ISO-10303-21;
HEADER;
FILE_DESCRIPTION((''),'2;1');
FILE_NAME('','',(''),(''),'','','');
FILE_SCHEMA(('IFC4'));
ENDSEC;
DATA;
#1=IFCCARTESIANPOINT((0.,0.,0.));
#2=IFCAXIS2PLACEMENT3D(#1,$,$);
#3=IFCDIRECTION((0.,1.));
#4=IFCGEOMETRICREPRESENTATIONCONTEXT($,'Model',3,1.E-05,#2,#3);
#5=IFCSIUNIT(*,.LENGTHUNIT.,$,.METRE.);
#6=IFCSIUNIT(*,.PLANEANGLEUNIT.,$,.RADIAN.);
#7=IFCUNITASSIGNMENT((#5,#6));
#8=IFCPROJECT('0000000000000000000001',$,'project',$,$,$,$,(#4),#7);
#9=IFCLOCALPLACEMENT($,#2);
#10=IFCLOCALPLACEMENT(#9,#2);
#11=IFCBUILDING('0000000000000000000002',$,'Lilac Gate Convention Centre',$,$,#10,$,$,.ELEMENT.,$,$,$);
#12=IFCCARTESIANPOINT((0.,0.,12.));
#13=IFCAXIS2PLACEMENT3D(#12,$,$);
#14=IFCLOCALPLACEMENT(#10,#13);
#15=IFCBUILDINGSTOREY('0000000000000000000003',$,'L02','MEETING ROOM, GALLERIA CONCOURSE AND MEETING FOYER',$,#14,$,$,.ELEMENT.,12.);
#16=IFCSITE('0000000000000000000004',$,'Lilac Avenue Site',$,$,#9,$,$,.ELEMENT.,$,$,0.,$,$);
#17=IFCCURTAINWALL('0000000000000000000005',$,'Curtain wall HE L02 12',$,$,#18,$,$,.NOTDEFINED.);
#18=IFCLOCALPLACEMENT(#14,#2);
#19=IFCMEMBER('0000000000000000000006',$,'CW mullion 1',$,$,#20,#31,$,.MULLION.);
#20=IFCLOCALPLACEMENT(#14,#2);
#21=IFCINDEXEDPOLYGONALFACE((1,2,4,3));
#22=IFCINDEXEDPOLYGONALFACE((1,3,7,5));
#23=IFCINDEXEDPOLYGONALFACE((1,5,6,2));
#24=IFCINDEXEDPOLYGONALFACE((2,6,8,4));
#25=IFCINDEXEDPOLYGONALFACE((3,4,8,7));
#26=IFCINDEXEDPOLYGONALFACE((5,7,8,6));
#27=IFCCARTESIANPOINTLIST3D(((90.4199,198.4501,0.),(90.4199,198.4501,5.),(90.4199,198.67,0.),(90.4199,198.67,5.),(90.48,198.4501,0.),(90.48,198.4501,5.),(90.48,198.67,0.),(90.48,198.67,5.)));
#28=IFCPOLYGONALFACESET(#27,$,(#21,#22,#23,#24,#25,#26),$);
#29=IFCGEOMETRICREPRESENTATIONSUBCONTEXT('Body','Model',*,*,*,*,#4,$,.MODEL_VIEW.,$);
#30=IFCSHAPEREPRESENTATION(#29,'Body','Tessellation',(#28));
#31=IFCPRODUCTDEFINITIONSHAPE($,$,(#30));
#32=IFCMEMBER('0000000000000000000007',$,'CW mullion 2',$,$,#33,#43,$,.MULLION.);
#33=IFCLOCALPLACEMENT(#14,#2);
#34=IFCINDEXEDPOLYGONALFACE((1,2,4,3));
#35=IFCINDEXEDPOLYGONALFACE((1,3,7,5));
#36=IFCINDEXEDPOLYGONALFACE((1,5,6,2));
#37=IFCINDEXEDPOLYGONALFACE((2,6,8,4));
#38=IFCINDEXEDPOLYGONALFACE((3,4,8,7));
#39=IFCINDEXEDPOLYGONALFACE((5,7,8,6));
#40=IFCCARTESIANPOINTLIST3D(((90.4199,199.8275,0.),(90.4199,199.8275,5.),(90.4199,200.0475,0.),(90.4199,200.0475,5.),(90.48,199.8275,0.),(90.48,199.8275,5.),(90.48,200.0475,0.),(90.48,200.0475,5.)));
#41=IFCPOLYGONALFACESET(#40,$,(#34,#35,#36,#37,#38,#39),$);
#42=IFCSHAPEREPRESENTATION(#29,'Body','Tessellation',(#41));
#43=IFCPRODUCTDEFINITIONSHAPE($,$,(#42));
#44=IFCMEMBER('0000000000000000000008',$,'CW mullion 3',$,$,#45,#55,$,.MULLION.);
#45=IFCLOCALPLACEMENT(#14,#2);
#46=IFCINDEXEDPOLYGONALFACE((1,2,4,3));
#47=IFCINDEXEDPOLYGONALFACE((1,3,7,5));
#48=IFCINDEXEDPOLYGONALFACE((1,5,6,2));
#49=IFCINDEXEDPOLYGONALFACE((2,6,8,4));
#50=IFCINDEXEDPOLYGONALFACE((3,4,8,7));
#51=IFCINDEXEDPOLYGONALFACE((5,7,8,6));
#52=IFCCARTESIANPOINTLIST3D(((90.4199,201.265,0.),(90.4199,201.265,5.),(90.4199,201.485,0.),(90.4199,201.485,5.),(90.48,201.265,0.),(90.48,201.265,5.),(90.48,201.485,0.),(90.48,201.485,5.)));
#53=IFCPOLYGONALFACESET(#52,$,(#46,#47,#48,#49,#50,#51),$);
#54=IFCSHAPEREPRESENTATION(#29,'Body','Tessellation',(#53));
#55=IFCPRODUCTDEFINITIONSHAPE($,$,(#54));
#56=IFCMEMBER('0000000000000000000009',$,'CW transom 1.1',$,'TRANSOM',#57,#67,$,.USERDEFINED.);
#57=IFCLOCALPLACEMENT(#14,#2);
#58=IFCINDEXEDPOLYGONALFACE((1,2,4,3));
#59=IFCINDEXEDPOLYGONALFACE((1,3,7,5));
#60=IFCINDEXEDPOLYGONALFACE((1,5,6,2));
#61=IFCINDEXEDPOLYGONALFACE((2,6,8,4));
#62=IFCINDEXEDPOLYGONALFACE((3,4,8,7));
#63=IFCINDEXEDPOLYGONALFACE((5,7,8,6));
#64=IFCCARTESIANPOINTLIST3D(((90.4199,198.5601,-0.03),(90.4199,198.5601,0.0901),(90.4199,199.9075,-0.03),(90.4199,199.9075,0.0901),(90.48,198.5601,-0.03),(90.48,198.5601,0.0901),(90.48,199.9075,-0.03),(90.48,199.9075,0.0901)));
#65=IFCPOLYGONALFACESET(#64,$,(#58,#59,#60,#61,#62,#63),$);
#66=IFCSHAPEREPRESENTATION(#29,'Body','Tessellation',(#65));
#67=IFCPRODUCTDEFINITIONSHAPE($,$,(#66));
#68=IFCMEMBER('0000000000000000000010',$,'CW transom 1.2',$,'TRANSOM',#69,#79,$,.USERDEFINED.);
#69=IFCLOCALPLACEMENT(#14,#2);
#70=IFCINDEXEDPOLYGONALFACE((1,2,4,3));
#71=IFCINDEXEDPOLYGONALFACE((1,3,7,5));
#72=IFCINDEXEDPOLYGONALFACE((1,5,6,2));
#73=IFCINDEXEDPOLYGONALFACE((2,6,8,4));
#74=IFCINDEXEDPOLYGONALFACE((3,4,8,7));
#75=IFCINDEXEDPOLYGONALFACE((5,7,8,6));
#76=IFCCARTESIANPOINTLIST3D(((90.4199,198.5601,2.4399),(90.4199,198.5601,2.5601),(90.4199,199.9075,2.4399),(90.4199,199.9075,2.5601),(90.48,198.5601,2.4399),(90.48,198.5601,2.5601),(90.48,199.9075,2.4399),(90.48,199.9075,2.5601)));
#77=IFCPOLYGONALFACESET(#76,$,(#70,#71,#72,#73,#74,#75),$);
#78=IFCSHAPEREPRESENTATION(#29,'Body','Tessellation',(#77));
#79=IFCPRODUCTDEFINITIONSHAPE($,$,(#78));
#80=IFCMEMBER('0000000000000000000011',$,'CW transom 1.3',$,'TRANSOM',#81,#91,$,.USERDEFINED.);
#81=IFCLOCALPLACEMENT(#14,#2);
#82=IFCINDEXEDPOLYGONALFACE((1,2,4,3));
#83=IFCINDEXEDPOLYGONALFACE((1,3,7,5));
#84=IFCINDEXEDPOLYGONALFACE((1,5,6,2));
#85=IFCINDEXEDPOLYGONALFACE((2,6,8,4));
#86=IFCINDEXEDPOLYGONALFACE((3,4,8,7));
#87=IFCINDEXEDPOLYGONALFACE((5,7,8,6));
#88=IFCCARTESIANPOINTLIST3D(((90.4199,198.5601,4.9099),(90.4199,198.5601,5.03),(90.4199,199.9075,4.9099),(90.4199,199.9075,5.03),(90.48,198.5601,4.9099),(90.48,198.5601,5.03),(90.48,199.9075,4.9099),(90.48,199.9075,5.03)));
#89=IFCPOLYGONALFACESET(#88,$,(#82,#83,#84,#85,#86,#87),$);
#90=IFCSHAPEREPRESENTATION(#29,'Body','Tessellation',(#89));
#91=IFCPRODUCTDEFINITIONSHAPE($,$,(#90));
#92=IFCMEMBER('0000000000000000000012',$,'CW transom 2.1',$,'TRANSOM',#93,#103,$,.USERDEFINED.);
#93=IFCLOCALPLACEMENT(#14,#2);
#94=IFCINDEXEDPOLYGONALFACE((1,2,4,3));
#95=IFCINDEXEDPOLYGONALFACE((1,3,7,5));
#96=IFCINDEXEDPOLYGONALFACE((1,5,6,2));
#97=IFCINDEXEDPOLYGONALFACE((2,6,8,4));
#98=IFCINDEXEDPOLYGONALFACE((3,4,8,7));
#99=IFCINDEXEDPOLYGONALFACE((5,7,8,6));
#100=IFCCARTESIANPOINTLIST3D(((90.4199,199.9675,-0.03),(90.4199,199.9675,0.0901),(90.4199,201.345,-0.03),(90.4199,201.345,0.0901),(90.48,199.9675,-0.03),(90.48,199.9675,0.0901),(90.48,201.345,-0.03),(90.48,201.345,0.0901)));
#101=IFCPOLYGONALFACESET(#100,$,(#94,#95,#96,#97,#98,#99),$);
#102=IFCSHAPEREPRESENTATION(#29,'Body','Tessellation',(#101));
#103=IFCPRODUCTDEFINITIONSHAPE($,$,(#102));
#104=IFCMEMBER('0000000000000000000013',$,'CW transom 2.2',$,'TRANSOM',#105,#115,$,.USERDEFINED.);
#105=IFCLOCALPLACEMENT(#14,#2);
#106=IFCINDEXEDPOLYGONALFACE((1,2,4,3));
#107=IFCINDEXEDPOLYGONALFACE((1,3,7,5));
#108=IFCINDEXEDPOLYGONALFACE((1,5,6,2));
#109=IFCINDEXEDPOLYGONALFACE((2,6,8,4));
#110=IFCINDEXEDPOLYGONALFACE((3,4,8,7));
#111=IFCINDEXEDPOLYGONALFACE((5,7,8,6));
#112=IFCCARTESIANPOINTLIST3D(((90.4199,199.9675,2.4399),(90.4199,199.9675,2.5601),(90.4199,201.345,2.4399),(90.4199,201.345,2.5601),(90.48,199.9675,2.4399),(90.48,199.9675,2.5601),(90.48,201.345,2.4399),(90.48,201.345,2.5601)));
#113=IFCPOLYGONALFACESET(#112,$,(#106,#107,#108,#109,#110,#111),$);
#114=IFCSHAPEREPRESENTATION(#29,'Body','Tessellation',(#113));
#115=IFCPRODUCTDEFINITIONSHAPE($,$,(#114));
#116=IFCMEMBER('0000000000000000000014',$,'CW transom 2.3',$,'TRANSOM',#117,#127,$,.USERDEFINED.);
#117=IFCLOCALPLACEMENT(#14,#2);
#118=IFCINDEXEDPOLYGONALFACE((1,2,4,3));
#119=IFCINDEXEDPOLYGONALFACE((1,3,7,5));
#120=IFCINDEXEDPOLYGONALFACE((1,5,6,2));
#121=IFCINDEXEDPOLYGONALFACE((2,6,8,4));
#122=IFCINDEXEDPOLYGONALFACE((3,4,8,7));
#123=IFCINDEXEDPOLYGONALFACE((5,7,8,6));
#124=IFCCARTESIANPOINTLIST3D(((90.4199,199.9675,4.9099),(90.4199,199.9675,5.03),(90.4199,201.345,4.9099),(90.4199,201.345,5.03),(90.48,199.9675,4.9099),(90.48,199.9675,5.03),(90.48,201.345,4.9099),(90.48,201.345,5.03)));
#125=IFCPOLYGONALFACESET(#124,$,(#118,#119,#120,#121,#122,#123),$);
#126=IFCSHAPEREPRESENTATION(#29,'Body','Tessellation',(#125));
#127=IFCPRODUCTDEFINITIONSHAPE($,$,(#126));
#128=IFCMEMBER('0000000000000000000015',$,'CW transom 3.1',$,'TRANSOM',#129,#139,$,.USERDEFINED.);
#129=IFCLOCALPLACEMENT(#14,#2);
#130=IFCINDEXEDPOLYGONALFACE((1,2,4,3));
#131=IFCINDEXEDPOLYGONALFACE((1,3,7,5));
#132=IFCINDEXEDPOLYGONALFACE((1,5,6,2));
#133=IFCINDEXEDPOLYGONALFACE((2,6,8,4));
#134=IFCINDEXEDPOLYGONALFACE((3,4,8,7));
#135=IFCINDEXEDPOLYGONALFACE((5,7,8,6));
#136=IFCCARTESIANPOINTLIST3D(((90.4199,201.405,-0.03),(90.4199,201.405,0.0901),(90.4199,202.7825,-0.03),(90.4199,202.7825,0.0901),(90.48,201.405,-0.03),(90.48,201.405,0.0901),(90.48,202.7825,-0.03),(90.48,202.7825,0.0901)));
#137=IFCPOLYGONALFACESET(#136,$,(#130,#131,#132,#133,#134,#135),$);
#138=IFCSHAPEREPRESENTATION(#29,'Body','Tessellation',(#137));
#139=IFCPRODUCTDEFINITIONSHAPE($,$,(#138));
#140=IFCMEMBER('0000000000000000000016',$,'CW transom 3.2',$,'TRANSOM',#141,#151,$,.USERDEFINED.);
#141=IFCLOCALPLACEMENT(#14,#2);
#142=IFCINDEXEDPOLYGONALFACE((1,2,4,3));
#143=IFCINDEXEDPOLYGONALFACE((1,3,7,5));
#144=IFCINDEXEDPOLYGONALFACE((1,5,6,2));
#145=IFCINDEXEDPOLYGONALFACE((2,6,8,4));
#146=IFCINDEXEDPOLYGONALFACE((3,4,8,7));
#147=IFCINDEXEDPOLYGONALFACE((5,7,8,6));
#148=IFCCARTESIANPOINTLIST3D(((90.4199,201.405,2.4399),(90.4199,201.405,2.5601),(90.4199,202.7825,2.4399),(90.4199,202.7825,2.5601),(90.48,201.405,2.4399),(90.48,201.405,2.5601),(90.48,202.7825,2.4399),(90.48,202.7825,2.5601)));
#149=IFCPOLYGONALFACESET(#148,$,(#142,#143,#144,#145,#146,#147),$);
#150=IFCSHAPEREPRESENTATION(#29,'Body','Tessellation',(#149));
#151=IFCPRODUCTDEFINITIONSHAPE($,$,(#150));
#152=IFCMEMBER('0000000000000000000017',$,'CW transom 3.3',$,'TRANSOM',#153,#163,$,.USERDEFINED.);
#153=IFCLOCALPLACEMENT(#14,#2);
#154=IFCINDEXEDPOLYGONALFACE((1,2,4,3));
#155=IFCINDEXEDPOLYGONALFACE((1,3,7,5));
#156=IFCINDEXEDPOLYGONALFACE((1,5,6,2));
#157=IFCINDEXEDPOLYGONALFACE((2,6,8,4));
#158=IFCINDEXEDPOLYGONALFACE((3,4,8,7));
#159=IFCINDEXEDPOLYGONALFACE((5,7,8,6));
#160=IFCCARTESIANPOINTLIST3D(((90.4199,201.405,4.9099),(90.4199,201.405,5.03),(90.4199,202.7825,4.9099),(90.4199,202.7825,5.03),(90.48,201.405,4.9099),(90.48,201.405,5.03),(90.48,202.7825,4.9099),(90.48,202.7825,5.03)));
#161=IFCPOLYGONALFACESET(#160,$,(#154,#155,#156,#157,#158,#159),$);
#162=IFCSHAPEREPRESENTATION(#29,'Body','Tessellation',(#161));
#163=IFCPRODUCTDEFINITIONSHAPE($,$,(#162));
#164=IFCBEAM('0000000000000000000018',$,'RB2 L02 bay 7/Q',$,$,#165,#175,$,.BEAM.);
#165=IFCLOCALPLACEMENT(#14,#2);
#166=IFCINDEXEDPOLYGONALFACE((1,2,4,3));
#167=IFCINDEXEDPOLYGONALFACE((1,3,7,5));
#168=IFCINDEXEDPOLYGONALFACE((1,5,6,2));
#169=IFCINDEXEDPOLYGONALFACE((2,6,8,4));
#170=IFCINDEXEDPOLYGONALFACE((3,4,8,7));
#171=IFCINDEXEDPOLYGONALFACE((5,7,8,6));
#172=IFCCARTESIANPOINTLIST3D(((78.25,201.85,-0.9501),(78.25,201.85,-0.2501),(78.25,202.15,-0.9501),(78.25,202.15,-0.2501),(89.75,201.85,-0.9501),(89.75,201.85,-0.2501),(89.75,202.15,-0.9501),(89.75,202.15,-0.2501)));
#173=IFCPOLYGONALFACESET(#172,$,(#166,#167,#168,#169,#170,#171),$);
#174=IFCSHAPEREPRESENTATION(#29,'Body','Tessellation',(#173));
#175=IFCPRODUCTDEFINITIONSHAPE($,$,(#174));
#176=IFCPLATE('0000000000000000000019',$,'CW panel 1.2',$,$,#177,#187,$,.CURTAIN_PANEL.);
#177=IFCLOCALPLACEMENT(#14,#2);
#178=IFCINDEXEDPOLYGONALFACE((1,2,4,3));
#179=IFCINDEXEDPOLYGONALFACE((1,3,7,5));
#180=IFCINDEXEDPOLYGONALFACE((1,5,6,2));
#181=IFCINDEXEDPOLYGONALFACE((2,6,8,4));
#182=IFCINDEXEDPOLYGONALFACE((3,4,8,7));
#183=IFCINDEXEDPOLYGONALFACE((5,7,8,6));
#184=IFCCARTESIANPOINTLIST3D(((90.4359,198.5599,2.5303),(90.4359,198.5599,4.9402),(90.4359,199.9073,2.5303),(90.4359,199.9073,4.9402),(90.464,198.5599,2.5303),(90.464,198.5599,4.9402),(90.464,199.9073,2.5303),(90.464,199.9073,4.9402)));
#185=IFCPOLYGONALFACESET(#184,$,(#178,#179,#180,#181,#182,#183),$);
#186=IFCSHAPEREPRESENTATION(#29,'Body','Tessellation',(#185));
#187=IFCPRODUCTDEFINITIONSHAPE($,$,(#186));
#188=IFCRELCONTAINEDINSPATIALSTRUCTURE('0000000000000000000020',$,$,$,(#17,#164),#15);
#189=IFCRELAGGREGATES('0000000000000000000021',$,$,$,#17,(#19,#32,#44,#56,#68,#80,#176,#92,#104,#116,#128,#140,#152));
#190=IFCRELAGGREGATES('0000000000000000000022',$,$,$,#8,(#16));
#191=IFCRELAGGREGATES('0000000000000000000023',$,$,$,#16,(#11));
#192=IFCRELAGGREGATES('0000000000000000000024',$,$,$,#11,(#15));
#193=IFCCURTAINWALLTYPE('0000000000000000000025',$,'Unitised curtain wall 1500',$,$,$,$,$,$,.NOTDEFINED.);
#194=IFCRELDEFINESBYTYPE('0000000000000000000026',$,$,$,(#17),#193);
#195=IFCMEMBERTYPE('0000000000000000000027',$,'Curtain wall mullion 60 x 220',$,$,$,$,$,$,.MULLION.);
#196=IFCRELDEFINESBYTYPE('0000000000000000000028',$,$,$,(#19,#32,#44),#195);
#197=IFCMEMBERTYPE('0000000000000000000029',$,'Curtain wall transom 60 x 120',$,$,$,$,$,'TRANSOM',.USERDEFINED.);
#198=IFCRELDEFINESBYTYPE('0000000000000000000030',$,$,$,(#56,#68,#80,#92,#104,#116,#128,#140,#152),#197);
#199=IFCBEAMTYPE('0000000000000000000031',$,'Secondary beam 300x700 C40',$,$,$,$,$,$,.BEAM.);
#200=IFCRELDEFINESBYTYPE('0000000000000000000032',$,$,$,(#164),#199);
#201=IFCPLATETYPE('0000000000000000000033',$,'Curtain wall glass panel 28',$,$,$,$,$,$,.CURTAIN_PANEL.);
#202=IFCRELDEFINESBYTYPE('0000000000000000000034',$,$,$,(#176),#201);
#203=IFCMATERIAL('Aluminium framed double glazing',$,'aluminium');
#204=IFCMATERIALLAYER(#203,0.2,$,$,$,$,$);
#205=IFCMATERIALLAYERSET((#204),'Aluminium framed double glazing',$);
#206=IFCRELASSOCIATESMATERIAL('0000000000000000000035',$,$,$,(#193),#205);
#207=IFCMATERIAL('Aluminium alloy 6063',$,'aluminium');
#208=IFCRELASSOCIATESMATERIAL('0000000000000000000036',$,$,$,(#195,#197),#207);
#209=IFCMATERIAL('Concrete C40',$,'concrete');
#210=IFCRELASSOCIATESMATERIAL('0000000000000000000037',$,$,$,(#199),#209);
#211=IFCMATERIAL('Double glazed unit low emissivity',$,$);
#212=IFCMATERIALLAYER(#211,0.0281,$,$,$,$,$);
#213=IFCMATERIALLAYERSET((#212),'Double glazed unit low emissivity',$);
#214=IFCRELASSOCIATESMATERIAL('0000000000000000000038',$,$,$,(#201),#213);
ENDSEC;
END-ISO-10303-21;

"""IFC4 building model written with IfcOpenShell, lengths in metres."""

from ifc_helpers import new_model, si_unit, direction, frame, origin, origin_2d, place, context, subcontext, project, spatial, rectangle, extrude, material, layer, layer_set, material_profile, profile_set, type_object, element, aggregate, save


model = new_model("IFC4")

# Units and contexts
model_context = context("Model", 3, precision=1e-05, world=origin(), true_north=direction((0.0, 1.0)))
body_context = subcontext(model_context, "Body", "Model", "MODEL_VIEW")
ifc_project = project(units=[si_unit("LENGTHUNIT", "METRE"), si_unit("PLANEANGLEUNIT", "RADIAN")], contexts=[model_context])

# Site, building, storey
site_placement = place(None, origin())
site = spatial("IfcSite", under=ifc_project, at=site_placement, Name="Lilac Avenue Site", CompositionType="ELEMENT", RefElevation=0.0)
building_placement = place(site_placement, origin())
building = spatial("IfcBuilding", under=site, at=building_placement, Name="Lilac Gate Convention Centre", CompositionType="ELEMENT")
storey_placement = place(building_placement, frame((0.0, 0.0, 12.0)))
storey = spatial("IfcBuildingStorey", under=building, at=storey_placement, Name="L02", Description="MEETING ROOM, GALLERIA CONCOURSE AND MEETING FOYER", CompositionType="ELEMENT", Elevation=12.0)

# Curtain wall, members
ifc_material_1 = material(Name="Aluminium framed double glazing", Category="aluminium")
ifc_layer_1 = layer(ifc_material_1, 0.2)
ifc_layer_set_1 = layer_set([ifc_layer_1], Name="Aluminium framed double glazing")
curtain_wall_type = type_object("IfcCurtainWallType", Name="Unitised curtain wall 1500", PredefinedType="NOTDEFINED", material=ifc_layer_set_1)
curtain_wall_placement = place(storey_placement, origin())
curtain_wall = element("IfcCurtainWall", 1, at=curtain_wall_placement, inside=storey, type_object=curtain_wall_type, Name="Curtain wall HE L02 12", PredefinedType="NOTDEFINED")
ifc_material_2 = material(Name="Aluminium alloy 6063", Category="aluminium")
ifc_material_profile_1 = material_profile(ifc_material_2, rectangle(XDim=0.0601, YDim=0.22, at=origin_2d()), Name="Curtain wall mullion 60 x 220")
ifc_profile_set_1 = profile_set([ifc_material_profile_1], Name="Aluminium alloy 6063")
member_type_1 = type_object("IfcMemberType", Name="Curtain wall mullion 60 x 220", PredefinedType="MULLION", material=ifc_profile_set_1)
member_1_placement = place(storey_placement, frame((90.45, 198.5601, 0.0), z_axis=(0.0, 0.0, 1.0), x_axis=(-1.0, 0.0, 0.0)))
member_1 = element("IfcMember", 2, at=member_1_placement, type_object=member_type_1, Name="CW mullion 1", PredefinedType="MULLION", context=body_context, shape_type="SweptSolid", body=[
    extrude(rectangle(XDim=0.0601, YDim=0.22, at=origin_2d()), origin(), (0.0, 0.0, 1.0), 5.0),
])
member_2_placement = place(storey_placement, frame((90.45, 199.9375, 0.0), z_axis=(0.0, 0.0, 1.0), x_axis=(-1.0, 0.0, 0.0)))
member_2 = element("IfcMember", 3, at=member_2_placement, type_object=member_type_1, Name="CW mullion 2", PredefinedType="MULLION", context=body_context, shape_type="SweptSolid", body=[
    extrude(rectangle(XDim=0.0601, YDim=0.22, at=origin_2d()), origin(), (0.0, 0.0, 1.0), 5.0),
])
member_3_placement = place(storey_placement, frame((90.45, 201.375, 0.0), z_axis=(0.0, 0.0, 1.0), x_axis=(-1.0, 0.0, 0.0)))
member_3 = element("IfcMember", 4, at=member_3_placement, type_object=member_type_1, Name="CW mullion 3", PredefinedType="MULLION", context=body_context, shape_type="SweptSolid", body=[
    extrude(rectangle(XDim=0.0601, YDim=0.22, at=origin_2d()), origin(), (0.0, 0.0, 1.0), 5.0),
])
ifc_material_profile_2 = material_profile(ifc_material_2, rectangle(XDim=0.0601, YDim=0.1201, at=origin_2d()), Name="Curtain wall transom 60 x 120")
ifc_profile_set_2 = profile_set([ifc_material_profile_2], Name="Aluminium alloy 6063")
member_type_2 = type_object("IfcMemberType", Name="Curtain wall transom 60 x 120", ElementType="TRANSOM", PredefinedType="USERDEFINED", material=ifc_profile_set_2)
member_4_placement = place(storey_placement, frame((90.45, 198.5601, 0.03), z_axis=(0.0, 1.0, 0.0), x_axis=(-1.0, 0.0, 0.0)))
member_4 = element("IfcMember", 5, at=member_4_placement, type_object=member_type_2, Name="CW transom 1.1", ObjectType="TRANSOM", PredefinedType="USERDEFINED", context=body_context, shape_type="SweptSolid", body=[
    extrude(rectangle(XDim=0.0601, YDim=0.1201, at=origin_2d()), origin(), (0.0, 0.0, 1.0), 1.3474),
])
member_5_placement = place(storey_placement, frame((90.45, 198.5601, 2.5), z_axis=(0.0, 1.0, 0.0), x_axis=(-1.0, 0.0, 0.0)))
member_5 = element("IfcMember", 6, at=member_5_placement, type_object=member_type_2, Name="CW transom 1.2", ObjectType="TRANSOM", PredefinedType="USERDEFINED", context=body_context, shape_type="SweptSolid", body=[
    extrude(rectangle(XDim=0.0601, YDim=0.1201, at=origin_2d()), origin(), (0.0, 0.0, 1.0), 1.3474),
])
member_6_placement = place(storey_placement, frame((90.45, 198.5601, 4.97), z_axis=(0.0, 1.0, 0.0), x_axis=(-1.0, 0.0, 0.0)))
member_6 = element("IfcMember", 7, at=member_6_placement, type_object=member_type_2, Name="CW transom 1.3", ObjectType="TRANSOM", PredefinedType="USERDEFINED", context=body_context, shape_type="SweptSolid", body=[
    extrude(rectangle(XDim=0.0601, YDim=0.1201, at=origin_2d()), origin(), (0.0, 0.0, 1.0), 1.3474),
])
member_7_placement = place(storey_placement, frame((90.45, 199.9675, 0.03), z_axis=(0.0, 1.0, 0.0), x_axis=(-1.0, 0.0, 0.0)))
member_7 = element("IfcMember", 8, at=member_7_placement, type_object=member_type_2, Name="CW transom 2.1", ObjectType="TRANSOM", PredefinedType="USERDEFINED", context=body_context, shape_type="SweptSolid", body=[
    extrude(rectangle(XDim=0.0601, YDim=0.1201, at=origin_2d()), origin(), (0.0, 0.0, 1.0), 1.3774),
])
member_8_placement = place(storey_placement, frame((90.45, 199.9675, 2.5), z_axis=(0.0, 1.0, 0.0), x_axis=(-1.0, 0.0, 0.0)))
member_8 = element("IfcMember", 9, at=member_8_placement, type_object=member_type_2, Name="CW transom 2.2", ObjectType="TRANSOM", PredefinedType="USERDEFINED", context=body_context, shape_type="SweptSolid", body=[
    extrude(rectangle(XDim=0.0601, YDim=0.1201, at=origin_2d()), origin(), (0.0, 0.0, 1.0), 1.3774),
])
member_9_placement = place(storey_placement, frame((90.45, 199.9675, 4.97), z_axis=(0.0, 1.0, 0.0), x_axis=(-1.0, 0.0, 0.0)))
member_9 = element("IfcMember", 10, at=member_9_placement, type_object=member_type_2, Name="CW transom 2.3", ObjectType="TRANSOM", PredefinedType="USERDEFINED", context=body_context, shape_type="SweptSolid", body=[
    extrude(rectangle(XDim=0.0601, YDim=0.1201, at=origin_2d()), origin(), (0.0, 0.0, 1.0), 1.3774),
])
member_10_placement = place(storey_placement, frame((90.45, 201.405, 0.03), z_axis=(0.0, 1.0, 0.0), x_axis=(-1.0, 0.0, 0.0)))
member_10 = element("IfcMember", 11, at=member_10_placement, type_object=member_type_2, Name="CW transom 3.1", ObjectType="TRANSOM", PredefinedType="USERDEFINED", context=body_context, shape_type="SweptSolid", body=[
    extrude(rectangle(XDim=0.0601, YDim=0.1201, at=origin_2d()), origin(), (0.0, 0.0, 1.0), 1.3774),
])
member_11_placement = place(storey_placement, frame((90.45, 201.405, 2.5), z_axis=(0.0, 1.0, 0.0), x_axis=(-1.0, 0.0, 0.0)))
member_11 = element("IfcMember", 12, at=member_11_placement, type_object=member_type_2, Name="CW transom 3.2", ObjectType="TRANSOM", PredefinedType="USERDEFINED", context=body_context, shape_type="SweptSolid", body=[
    extrude(rectangle(XDim=0.0601, YDim=0.1201, at=origin_2d()), origin(), (0.0, 0.0, 1.0), 1.3774),
])
member_12_placement = place(storey_placement, frame((90.45, 201.405, 4.97), z_axis=(0.0, 1.0, 0.0), x_axis=(-1.0, 0.0, 0.0)))
member_12 = element("IfcMember", 13, at=member_12_placement, type_object=member_type_2, Name="CW transom 3.3", ObjectType="TRANSOM", PredefinedType="USERDEFINED", context=body_context, shape_type="SweptSolid", body=[
    extrude(rectangle(XDim=0.0601, YDim=0.1201, at=origin_2d()), origin(), (0.0, 0.0, 1.0), 1.3774),
])

# Beam
ifc_material_3 = material(Name="Concrete C40", Category="concrete")
ifc_material_profile_3 = material_profile(ifc_material_3, rectangle(XDim=0.3, YDim=0.7, at=origin_2d()), Name="RC 300x700")
ifc_profile_set_3 = profile_set([ifc_material_profile_3], Name="Concrete C40")
beam_type = type_object("IfcBeamType", Name="Secondary beam 300x700 C40", PredefinedType="BEAM", material=ifc_profile_set_3)
beam_placement = place(storey_placement, frame((78.25, 202.0, -0.6001), z_axis=(1.0, 0.0, 0.0), x_axis=(0.0, 1.0, 0.0)))
element("IfcBeam", 14, at=beam_placement, inside=storey, type_object=beam_type, Name="RB2 L02 bay 7/Q", PredefinedType="BEAM", context=body_context, shape_type="SweptSolid", body=[
    extrude(rectangle(XDim=0.3, YDim=0.7, at=origin_2d()), origin(), (0.0, 0.0, 1.0), 11.5),
])

# Plate
ifc_material_4 = material(Name="Double glazed unit low emissivity")
ifc_layer_2 = layer(ifc_material_4, 0.0281)
ifc_layer_set_2 = layer_set([ifc_layer_2], Name="Double glazed unit low emissivity")
plate_type_1 = type_object("IfcPlateType", Name="Curtain wall glass panel 28", PredefinedType="CURTAIN_PANEL", material=ifc_layer_set_2)
plate_1_placement = place(storey_placement, frame((90.45, 199.2336, 2.5303), z_axis=(0.0, 0.0, 1.0), x_axis=(0.0, 1.0, 0.0)))
plate_1 = element("IfcPlate", 15, at=plate_1_placement, type_object=plate_type_1, Name="CW panel 1.2", PredefinedType="CURTAIN_PANEL", context=body_context, shape_type="SweptSolid", body=[
    extrude(rectangle(XDim=1.3474, YDim=0.0281, at=origin_2d()), origin(), (0.0, 0.0, 1.0), 2.4099),
])
aggregate(curtain_wall, [member_1, member_2, member_3, member_4, member_5, member_6, plate_1, member_7, member_8, member_9, member_10, member_11, member_12])

save(model, "model.ifc")
